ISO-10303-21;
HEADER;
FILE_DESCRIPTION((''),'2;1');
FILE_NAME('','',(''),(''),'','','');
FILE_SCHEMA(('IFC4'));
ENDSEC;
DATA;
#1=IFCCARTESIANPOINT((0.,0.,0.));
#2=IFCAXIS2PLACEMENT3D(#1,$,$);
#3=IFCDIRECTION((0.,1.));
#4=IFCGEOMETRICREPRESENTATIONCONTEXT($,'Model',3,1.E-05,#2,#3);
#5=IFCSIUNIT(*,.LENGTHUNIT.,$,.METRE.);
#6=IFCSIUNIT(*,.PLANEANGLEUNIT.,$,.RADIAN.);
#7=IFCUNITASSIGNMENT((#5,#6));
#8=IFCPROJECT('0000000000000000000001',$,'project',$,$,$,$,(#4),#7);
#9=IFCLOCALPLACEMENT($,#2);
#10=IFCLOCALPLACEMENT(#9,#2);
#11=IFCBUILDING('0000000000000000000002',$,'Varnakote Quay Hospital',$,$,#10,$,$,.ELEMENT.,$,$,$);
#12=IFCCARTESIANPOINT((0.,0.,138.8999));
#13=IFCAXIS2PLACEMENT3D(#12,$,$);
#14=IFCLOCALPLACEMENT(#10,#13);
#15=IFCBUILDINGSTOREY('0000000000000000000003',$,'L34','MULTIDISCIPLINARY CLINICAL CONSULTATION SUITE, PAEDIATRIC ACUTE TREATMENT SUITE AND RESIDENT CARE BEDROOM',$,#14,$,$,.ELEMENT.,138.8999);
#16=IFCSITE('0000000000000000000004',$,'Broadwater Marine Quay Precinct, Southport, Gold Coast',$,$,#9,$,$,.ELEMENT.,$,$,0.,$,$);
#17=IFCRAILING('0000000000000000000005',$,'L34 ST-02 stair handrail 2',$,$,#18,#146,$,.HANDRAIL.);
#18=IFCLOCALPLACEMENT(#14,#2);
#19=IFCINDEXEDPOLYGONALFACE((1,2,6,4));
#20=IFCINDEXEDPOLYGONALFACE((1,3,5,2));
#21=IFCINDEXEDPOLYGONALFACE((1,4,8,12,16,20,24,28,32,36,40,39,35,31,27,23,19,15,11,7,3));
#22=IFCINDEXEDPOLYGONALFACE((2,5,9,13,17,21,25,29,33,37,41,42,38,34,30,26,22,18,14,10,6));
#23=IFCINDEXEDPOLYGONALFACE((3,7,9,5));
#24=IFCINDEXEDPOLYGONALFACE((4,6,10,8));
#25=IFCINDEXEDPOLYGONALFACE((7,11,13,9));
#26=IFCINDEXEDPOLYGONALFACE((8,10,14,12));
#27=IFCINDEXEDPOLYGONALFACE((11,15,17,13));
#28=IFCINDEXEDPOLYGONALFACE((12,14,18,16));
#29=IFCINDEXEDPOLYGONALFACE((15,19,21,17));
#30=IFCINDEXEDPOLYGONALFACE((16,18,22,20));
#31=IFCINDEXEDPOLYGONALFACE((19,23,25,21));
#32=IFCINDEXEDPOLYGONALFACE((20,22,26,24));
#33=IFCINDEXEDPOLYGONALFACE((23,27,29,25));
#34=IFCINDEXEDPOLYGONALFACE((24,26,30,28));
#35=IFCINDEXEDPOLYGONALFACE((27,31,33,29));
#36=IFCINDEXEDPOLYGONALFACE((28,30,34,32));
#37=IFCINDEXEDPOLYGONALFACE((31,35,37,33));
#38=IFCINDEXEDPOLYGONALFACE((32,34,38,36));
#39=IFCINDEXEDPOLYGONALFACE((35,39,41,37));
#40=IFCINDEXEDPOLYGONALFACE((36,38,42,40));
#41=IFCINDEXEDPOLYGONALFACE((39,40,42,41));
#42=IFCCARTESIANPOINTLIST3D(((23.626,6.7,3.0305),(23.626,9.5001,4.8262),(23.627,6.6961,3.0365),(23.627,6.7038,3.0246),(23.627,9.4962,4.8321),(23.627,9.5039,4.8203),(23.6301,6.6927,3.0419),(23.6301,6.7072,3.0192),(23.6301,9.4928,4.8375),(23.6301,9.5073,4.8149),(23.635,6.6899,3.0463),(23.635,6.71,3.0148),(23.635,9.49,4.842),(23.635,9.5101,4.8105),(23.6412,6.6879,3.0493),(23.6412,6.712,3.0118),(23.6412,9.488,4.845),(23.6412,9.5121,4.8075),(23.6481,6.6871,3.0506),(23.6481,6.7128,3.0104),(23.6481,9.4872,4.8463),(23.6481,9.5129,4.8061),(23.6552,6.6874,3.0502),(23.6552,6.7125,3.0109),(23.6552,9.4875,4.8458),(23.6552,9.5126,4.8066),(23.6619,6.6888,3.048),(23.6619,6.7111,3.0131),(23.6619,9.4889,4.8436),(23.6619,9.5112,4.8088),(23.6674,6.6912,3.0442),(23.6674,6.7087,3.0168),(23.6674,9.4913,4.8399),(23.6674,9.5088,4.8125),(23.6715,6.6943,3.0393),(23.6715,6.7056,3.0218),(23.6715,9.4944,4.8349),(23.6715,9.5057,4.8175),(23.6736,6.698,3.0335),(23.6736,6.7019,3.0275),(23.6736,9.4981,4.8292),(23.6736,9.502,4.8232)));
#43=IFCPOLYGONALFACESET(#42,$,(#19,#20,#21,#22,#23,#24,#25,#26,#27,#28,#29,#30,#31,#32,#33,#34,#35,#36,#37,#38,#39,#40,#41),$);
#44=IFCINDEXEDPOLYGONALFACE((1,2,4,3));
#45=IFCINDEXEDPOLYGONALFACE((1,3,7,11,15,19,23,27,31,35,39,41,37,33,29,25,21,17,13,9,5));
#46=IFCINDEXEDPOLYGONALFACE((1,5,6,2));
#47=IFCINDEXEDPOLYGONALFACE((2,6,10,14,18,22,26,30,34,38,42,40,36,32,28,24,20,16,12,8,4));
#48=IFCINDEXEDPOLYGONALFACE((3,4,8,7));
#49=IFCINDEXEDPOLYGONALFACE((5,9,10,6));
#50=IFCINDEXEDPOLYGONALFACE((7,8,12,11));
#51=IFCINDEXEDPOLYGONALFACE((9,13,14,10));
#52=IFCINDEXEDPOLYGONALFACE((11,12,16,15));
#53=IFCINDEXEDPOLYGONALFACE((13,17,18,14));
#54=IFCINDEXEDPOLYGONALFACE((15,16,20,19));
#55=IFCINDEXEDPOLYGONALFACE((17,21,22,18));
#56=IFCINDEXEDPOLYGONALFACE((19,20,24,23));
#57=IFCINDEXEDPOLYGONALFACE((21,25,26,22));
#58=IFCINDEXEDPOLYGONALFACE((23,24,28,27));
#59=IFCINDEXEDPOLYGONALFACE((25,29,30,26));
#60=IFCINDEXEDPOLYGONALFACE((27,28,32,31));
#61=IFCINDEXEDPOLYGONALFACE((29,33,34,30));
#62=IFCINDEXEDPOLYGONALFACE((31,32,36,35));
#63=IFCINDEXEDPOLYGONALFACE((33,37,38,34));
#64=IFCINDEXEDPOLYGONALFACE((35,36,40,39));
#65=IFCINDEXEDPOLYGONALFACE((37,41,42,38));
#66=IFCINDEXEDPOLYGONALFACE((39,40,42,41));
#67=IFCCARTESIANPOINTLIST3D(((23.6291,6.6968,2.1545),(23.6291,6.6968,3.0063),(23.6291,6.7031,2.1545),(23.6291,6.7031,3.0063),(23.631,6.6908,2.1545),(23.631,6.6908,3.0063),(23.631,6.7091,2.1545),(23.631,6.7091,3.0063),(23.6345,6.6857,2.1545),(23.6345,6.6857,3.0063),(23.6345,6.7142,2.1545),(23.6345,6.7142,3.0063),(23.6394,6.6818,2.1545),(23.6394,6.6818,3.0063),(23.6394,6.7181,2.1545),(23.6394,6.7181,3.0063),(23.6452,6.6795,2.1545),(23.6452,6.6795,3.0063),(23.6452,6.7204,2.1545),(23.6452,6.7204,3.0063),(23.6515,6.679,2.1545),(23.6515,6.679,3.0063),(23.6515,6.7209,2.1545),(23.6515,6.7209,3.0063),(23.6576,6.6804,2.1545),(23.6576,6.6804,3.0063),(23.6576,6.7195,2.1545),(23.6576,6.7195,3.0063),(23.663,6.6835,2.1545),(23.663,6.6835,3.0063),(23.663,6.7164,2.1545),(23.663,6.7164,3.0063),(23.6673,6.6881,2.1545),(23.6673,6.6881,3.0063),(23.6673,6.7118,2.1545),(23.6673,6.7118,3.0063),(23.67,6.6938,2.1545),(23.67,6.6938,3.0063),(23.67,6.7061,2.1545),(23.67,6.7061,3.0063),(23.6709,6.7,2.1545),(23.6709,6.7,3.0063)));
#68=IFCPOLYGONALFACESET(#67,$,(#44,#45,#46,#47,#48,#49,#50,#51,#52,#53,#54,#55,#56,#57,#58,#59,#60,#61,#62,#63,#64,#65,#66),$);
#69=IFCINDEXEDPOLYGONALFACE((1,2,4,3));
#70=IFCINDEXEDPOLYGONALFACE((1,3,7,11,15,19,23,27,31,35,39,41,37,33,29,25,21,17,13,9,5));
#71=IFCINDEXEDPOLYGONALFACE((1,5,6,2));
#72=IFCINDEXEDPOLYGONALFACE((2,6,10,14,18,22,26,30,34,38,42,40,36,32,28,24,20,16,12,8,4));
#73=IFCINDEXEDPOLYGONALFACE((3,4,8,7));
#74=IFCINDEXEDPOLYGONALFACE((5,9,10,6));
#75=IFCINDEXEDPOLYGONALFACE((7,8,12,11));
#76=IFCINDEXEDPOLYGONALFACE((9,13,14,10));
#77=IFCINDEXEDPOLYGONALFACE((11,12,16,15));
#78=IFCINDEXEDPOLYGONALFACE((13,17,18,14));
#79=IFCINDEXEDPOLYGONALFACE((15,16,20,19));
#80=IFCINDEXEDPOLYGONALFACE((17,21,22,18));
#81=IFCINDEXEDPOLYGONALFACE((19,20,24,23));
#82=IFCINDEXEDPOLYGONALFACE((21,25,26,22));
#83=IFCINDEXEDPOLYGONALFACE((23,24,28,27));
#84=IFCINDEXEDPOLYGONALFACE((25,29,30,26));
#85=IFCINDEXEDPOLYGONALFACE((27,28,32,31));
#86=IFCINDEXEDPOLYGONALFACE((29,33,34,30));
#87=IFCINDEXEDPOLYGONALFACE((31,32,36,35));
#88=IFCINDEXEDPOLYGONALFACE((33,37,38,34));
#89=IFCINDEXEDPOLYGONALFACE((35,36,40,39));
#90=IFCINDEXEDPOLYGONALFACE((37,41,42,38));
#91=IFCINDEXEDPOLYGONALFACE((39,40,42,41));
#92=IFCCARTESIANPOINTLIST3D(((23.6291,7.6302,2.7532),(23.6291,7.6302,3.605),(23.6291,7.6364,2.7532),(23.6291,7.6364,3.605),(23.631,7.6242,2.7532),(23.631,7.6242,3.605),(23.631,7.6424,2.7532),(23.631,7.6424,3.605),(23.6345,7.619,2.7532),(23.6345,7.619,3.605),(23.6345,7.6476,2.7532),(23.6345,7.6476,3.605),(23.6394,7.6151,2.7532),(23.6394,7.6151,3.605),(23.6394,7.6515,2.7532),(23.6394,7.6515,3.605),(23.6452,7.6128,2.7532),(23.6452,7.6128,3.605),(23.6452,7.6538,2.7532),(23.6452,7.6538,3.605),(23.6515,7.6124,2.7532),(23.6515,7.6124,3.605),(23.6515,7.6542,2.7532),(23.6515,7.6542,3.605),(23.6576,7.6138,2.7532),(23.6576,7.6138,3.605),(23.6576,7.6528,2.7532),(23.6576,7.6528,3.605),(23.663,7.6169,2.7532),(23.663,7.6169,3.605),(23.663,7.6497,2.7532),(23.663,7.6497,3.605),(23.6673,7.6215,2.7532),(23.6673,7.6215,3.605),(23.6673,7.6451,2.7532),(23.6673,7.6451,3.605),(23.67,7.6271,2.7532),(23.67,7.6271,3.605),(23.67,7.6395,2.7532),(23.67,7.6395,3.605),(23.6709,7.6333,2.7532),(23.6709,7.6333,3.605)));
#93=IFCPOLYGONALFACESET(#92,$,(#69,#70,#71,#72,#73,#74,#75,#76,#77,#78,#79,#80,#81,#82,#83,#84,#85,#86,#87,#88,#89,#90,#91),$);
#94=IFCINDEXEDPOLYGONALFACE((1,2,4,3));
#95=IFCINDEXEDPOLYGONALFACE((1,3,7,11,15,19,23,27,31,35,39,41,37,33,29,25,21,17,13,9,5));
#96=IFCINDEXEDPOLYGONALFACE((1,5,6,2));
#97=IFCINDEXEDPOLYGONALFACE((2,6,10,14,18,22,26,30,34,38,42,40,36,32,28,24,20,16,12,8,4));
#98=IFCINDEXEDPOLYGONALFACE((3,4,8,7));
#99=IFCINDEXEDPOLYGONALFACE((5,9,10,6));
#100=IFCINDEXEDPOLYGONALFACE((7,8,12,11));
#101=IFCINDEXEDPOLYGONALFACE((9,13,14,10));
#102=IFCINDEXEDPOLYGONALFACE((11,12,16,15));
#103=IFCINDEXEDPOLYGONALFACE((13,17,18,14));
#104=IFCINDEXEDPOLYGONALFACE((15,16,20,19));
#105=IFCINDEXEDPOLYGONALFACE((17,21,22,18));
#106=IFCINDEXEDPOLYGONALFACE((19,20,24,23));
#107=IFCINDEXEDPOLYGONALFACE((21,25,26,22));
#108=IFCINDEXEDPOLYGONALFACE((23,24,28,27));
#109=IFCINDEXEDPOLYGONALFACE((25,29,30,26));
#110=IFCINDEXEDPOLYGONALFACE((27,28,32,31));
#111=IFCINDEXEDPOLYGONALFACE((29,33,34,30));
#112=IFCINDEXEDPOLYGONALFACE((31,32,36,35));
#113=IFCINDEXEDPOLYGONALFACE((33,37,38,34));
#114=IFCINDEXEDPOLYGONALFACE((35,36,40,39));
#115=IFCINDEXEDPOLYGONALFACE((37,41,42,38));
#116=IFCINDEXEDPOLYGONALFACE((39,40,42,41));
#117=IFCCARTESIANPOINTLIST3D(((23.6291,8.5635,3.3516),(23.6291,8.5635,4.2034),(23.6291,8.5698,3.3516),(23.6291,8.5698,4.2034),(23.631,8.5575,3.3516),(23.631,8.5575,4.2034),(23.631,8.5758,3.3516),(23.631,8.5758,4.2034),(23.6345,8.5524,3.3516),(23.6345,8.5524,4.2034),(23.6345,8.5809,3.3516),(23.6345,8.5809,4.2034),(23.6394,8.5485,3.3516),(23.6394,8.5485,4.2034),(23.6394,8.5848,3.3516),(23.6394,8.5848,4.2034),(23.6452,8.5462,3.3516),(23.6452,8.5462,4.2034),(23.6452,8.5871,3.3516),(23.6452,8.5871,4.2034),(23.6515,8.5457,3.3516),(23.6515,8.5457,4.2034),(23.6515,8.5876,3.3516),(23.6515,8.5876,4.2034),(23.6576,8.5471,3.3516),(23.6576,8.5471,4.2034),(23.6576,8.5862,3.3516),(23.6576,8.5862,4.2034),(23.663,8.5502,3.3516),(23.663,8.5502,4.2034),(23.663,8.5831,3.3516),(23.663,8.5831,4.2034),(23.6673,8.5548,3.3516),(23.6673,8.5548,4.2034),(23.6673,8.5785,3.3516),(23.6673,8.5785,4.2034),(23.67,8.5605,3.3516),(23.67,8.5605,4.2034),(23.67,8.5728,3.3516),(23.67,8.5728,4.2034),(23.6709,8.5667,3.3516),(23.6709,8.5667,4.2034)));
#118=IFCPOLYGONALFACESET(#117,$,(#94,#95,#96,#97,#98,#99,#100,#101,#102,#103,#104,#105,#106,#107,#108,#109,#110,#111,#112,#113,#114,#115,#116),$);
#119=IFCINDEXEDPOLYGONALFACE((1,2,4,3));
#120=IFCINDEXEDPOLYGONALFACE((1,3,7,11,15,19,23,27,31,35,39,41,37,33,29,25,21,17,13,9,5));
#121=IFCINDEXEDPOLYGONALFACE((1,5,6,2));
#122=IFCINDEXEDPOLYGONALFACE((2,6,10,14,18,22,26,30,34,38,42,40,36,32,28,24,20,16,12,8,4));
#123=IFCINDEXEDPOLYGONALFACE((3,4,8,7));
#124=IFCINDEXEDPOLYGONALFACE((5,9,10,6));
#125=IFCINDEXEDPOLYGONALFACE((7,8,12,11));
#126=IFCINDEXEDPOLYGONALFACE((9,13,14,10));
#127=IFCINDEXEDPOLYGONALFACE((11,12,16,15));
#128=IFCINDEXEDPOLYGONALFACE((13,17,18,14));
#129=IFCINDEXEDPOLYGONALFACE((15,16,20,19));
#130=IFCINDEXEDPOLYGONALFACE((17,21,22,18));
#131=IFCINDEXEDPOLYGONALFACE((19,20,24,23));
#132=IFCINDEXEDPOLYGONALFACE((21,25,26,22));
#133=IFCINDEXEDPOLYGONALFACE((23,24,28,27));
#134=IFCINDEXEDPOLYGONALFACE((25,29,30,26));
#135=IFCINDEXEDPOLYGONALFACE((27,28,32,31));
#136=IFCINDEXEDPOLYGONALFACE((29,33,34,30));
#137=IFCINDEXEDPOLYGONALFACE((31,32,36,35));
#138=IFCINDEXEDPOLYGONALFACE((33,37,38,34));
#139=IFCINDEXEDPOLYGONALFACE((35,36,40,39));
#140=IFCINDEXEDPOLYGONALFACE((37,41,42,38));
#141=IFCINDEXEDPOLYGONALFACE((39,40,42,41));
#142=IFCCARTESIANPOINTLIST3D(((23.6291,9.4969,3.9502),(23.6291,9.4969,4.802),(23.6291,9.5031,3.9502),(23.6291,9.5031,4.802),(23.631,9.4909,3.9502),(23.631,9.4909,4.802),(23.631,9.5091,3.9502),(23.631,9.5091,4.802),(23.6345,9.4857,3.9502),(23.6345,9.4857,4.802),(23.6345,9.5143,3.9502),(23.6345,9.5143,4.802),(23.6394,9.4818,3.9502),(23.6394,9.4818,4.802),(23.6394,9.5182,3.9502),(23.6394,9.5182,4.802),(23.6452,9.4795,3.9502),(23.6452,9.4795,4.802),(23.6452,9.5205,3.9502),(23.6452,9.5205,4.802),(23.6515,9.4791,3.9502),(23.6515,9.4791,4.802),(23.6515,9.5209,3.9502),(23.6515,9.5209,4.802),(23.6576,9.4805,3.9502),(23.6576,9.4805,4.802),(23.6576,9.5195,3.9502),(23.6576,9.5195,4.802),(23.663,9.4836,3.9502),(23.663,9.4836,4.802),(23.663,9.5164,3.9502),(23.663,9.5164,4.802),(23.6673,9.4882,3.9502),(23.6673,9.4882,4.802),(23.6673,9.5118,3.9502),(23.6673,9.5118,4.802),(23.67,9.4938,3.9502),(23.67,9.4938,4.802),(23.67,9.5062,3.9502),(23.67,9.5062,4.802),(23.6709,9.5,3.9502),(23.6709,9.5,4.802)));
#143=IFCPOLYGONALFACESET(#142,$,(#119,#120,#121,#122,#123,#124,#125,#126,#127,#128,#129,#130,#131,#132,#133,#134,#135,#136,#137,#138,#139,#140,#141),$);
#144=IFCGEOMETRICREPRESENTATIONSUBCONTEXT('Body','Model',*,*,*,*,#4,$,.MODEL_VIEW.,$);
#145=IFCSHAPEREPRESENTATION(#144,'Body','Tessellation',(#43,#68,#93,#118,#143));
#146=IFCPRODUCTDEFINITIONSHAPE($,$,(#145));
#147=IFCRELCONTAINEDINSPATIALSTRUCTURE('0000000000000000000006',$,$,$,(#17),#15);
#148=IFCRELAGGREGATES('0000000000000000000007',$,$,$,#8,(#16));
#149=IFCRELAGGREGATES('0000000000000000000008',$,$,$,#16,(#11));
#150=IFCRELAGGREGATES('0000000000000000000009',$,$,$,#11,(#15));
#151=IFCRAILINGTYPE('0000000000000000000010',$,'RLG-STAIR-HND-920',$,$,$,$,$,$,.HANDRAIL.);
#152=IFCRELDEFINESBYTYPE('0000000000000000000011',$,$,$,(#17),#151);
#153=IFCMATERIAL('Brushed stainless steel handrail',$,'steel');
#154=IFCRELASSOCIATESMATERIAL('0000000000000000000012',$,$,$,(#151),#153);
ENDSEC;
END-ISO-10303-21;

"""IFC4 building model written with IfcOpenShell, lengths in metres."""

from ifc_helpers import new_model, si_unit, direction, frame, origin, origin_2d, place, context, subcontext, project, spatial, circle, extrude, material, type_object, element, save


model = new_model("IFC4")

# Units and contexts
model_context = context("Model", 3, precision=1e-05, world=origin(), true_north=direction((0.0, 1.0)))
body_context = subcontext(model_context, "Body", "Model", "MODEL_VIEW")
ifc_project = project(units=[si_unit("LENGTHUNIT", "METRE"), si_unit("PLANEANGLEUNIT", "RADIAN")], contexts=[model_context])

# Site, building, storey
site_placement = place(None, origin())
site = spatial("IfcSite", under=ifc_project, at=site_placement, Name="Broadwater Marine Quay Precinct, Southport, Gold Coast", CompositionType="ELEMENT", RefElevation=0.0)
building_placement = place(site_placement, origin())
building = spatial("IfcBuilding", under=site, at=building_placement, Name="Varnakote Quay Hospital", CompositionType="ELEMENT")
storey_placement = place(building_placement, frame((0.0, 0.0, 138.8999)))
storey = spatial("IfcBuildingStorey", under=building, at=storey_placement, Name="L34", Description="MULTIDISCIPLINARY CLINICAL CONSULTATION SUITE, PAEDIATRIC ACUTE TREATMENT SUITE AND RESIDENT CARE BEDROOM", CompositionType="ELEMENT", Elevation=138.8999)

# Railing
ifc_material_1 = material(Name="Brushed stainless steel handrail", Category="steel")
railing_type_1 = type_object("IfcRailingType", Name="RLG-STAIR-HND-920", PredefinedType="HANDRAIL", material=ifc_material_1)
railing_1_placement = place(storey_placement, frame((23.6499, 6.7, 2.1545)))
element("IfcRailing", 1, at=railing_1_placement, inside=storey, type_object=railing_type_1, Name="L34 ST-02 stair handrail 2", PredefinedType="HANDRAIL", context=body_context, shape_type="SweptSolid", body=[
    extrude(circle(Radius=0.0239, at=origin_2d()), frame((0.0, 0.0, 0.876), z_axis=(0.0, 0.841777, 0.539826), x_axis=(-1.0, 0.0, 0.0)), (0.0, 0.0, 1.0), 3.3264),
    extrude(circle(Radius=0.021, at=origin_2d()), origin(), (0.0, 0.0, 1.0), 0.8518),
    extrude(circle(Radius=0.021, at=origin_2d()), frame((0.0, 0.9333, 0.5986)), (0.0, 0.0, 1.0), 0.8518),
    extrude(circle(Radius=0.021, at=origin_2d()), frame((0.0, 1.8667, 1.197)), (0.0, 0.0, 1.0), 0.8518),
    extrude(circle(Radius=0.021, at=origin_2d()), frame((0.0, 2.8, 1.7957)), (0.0, 0.0, 1.0), 0.8518),
])

save(model, "model.ifc")
